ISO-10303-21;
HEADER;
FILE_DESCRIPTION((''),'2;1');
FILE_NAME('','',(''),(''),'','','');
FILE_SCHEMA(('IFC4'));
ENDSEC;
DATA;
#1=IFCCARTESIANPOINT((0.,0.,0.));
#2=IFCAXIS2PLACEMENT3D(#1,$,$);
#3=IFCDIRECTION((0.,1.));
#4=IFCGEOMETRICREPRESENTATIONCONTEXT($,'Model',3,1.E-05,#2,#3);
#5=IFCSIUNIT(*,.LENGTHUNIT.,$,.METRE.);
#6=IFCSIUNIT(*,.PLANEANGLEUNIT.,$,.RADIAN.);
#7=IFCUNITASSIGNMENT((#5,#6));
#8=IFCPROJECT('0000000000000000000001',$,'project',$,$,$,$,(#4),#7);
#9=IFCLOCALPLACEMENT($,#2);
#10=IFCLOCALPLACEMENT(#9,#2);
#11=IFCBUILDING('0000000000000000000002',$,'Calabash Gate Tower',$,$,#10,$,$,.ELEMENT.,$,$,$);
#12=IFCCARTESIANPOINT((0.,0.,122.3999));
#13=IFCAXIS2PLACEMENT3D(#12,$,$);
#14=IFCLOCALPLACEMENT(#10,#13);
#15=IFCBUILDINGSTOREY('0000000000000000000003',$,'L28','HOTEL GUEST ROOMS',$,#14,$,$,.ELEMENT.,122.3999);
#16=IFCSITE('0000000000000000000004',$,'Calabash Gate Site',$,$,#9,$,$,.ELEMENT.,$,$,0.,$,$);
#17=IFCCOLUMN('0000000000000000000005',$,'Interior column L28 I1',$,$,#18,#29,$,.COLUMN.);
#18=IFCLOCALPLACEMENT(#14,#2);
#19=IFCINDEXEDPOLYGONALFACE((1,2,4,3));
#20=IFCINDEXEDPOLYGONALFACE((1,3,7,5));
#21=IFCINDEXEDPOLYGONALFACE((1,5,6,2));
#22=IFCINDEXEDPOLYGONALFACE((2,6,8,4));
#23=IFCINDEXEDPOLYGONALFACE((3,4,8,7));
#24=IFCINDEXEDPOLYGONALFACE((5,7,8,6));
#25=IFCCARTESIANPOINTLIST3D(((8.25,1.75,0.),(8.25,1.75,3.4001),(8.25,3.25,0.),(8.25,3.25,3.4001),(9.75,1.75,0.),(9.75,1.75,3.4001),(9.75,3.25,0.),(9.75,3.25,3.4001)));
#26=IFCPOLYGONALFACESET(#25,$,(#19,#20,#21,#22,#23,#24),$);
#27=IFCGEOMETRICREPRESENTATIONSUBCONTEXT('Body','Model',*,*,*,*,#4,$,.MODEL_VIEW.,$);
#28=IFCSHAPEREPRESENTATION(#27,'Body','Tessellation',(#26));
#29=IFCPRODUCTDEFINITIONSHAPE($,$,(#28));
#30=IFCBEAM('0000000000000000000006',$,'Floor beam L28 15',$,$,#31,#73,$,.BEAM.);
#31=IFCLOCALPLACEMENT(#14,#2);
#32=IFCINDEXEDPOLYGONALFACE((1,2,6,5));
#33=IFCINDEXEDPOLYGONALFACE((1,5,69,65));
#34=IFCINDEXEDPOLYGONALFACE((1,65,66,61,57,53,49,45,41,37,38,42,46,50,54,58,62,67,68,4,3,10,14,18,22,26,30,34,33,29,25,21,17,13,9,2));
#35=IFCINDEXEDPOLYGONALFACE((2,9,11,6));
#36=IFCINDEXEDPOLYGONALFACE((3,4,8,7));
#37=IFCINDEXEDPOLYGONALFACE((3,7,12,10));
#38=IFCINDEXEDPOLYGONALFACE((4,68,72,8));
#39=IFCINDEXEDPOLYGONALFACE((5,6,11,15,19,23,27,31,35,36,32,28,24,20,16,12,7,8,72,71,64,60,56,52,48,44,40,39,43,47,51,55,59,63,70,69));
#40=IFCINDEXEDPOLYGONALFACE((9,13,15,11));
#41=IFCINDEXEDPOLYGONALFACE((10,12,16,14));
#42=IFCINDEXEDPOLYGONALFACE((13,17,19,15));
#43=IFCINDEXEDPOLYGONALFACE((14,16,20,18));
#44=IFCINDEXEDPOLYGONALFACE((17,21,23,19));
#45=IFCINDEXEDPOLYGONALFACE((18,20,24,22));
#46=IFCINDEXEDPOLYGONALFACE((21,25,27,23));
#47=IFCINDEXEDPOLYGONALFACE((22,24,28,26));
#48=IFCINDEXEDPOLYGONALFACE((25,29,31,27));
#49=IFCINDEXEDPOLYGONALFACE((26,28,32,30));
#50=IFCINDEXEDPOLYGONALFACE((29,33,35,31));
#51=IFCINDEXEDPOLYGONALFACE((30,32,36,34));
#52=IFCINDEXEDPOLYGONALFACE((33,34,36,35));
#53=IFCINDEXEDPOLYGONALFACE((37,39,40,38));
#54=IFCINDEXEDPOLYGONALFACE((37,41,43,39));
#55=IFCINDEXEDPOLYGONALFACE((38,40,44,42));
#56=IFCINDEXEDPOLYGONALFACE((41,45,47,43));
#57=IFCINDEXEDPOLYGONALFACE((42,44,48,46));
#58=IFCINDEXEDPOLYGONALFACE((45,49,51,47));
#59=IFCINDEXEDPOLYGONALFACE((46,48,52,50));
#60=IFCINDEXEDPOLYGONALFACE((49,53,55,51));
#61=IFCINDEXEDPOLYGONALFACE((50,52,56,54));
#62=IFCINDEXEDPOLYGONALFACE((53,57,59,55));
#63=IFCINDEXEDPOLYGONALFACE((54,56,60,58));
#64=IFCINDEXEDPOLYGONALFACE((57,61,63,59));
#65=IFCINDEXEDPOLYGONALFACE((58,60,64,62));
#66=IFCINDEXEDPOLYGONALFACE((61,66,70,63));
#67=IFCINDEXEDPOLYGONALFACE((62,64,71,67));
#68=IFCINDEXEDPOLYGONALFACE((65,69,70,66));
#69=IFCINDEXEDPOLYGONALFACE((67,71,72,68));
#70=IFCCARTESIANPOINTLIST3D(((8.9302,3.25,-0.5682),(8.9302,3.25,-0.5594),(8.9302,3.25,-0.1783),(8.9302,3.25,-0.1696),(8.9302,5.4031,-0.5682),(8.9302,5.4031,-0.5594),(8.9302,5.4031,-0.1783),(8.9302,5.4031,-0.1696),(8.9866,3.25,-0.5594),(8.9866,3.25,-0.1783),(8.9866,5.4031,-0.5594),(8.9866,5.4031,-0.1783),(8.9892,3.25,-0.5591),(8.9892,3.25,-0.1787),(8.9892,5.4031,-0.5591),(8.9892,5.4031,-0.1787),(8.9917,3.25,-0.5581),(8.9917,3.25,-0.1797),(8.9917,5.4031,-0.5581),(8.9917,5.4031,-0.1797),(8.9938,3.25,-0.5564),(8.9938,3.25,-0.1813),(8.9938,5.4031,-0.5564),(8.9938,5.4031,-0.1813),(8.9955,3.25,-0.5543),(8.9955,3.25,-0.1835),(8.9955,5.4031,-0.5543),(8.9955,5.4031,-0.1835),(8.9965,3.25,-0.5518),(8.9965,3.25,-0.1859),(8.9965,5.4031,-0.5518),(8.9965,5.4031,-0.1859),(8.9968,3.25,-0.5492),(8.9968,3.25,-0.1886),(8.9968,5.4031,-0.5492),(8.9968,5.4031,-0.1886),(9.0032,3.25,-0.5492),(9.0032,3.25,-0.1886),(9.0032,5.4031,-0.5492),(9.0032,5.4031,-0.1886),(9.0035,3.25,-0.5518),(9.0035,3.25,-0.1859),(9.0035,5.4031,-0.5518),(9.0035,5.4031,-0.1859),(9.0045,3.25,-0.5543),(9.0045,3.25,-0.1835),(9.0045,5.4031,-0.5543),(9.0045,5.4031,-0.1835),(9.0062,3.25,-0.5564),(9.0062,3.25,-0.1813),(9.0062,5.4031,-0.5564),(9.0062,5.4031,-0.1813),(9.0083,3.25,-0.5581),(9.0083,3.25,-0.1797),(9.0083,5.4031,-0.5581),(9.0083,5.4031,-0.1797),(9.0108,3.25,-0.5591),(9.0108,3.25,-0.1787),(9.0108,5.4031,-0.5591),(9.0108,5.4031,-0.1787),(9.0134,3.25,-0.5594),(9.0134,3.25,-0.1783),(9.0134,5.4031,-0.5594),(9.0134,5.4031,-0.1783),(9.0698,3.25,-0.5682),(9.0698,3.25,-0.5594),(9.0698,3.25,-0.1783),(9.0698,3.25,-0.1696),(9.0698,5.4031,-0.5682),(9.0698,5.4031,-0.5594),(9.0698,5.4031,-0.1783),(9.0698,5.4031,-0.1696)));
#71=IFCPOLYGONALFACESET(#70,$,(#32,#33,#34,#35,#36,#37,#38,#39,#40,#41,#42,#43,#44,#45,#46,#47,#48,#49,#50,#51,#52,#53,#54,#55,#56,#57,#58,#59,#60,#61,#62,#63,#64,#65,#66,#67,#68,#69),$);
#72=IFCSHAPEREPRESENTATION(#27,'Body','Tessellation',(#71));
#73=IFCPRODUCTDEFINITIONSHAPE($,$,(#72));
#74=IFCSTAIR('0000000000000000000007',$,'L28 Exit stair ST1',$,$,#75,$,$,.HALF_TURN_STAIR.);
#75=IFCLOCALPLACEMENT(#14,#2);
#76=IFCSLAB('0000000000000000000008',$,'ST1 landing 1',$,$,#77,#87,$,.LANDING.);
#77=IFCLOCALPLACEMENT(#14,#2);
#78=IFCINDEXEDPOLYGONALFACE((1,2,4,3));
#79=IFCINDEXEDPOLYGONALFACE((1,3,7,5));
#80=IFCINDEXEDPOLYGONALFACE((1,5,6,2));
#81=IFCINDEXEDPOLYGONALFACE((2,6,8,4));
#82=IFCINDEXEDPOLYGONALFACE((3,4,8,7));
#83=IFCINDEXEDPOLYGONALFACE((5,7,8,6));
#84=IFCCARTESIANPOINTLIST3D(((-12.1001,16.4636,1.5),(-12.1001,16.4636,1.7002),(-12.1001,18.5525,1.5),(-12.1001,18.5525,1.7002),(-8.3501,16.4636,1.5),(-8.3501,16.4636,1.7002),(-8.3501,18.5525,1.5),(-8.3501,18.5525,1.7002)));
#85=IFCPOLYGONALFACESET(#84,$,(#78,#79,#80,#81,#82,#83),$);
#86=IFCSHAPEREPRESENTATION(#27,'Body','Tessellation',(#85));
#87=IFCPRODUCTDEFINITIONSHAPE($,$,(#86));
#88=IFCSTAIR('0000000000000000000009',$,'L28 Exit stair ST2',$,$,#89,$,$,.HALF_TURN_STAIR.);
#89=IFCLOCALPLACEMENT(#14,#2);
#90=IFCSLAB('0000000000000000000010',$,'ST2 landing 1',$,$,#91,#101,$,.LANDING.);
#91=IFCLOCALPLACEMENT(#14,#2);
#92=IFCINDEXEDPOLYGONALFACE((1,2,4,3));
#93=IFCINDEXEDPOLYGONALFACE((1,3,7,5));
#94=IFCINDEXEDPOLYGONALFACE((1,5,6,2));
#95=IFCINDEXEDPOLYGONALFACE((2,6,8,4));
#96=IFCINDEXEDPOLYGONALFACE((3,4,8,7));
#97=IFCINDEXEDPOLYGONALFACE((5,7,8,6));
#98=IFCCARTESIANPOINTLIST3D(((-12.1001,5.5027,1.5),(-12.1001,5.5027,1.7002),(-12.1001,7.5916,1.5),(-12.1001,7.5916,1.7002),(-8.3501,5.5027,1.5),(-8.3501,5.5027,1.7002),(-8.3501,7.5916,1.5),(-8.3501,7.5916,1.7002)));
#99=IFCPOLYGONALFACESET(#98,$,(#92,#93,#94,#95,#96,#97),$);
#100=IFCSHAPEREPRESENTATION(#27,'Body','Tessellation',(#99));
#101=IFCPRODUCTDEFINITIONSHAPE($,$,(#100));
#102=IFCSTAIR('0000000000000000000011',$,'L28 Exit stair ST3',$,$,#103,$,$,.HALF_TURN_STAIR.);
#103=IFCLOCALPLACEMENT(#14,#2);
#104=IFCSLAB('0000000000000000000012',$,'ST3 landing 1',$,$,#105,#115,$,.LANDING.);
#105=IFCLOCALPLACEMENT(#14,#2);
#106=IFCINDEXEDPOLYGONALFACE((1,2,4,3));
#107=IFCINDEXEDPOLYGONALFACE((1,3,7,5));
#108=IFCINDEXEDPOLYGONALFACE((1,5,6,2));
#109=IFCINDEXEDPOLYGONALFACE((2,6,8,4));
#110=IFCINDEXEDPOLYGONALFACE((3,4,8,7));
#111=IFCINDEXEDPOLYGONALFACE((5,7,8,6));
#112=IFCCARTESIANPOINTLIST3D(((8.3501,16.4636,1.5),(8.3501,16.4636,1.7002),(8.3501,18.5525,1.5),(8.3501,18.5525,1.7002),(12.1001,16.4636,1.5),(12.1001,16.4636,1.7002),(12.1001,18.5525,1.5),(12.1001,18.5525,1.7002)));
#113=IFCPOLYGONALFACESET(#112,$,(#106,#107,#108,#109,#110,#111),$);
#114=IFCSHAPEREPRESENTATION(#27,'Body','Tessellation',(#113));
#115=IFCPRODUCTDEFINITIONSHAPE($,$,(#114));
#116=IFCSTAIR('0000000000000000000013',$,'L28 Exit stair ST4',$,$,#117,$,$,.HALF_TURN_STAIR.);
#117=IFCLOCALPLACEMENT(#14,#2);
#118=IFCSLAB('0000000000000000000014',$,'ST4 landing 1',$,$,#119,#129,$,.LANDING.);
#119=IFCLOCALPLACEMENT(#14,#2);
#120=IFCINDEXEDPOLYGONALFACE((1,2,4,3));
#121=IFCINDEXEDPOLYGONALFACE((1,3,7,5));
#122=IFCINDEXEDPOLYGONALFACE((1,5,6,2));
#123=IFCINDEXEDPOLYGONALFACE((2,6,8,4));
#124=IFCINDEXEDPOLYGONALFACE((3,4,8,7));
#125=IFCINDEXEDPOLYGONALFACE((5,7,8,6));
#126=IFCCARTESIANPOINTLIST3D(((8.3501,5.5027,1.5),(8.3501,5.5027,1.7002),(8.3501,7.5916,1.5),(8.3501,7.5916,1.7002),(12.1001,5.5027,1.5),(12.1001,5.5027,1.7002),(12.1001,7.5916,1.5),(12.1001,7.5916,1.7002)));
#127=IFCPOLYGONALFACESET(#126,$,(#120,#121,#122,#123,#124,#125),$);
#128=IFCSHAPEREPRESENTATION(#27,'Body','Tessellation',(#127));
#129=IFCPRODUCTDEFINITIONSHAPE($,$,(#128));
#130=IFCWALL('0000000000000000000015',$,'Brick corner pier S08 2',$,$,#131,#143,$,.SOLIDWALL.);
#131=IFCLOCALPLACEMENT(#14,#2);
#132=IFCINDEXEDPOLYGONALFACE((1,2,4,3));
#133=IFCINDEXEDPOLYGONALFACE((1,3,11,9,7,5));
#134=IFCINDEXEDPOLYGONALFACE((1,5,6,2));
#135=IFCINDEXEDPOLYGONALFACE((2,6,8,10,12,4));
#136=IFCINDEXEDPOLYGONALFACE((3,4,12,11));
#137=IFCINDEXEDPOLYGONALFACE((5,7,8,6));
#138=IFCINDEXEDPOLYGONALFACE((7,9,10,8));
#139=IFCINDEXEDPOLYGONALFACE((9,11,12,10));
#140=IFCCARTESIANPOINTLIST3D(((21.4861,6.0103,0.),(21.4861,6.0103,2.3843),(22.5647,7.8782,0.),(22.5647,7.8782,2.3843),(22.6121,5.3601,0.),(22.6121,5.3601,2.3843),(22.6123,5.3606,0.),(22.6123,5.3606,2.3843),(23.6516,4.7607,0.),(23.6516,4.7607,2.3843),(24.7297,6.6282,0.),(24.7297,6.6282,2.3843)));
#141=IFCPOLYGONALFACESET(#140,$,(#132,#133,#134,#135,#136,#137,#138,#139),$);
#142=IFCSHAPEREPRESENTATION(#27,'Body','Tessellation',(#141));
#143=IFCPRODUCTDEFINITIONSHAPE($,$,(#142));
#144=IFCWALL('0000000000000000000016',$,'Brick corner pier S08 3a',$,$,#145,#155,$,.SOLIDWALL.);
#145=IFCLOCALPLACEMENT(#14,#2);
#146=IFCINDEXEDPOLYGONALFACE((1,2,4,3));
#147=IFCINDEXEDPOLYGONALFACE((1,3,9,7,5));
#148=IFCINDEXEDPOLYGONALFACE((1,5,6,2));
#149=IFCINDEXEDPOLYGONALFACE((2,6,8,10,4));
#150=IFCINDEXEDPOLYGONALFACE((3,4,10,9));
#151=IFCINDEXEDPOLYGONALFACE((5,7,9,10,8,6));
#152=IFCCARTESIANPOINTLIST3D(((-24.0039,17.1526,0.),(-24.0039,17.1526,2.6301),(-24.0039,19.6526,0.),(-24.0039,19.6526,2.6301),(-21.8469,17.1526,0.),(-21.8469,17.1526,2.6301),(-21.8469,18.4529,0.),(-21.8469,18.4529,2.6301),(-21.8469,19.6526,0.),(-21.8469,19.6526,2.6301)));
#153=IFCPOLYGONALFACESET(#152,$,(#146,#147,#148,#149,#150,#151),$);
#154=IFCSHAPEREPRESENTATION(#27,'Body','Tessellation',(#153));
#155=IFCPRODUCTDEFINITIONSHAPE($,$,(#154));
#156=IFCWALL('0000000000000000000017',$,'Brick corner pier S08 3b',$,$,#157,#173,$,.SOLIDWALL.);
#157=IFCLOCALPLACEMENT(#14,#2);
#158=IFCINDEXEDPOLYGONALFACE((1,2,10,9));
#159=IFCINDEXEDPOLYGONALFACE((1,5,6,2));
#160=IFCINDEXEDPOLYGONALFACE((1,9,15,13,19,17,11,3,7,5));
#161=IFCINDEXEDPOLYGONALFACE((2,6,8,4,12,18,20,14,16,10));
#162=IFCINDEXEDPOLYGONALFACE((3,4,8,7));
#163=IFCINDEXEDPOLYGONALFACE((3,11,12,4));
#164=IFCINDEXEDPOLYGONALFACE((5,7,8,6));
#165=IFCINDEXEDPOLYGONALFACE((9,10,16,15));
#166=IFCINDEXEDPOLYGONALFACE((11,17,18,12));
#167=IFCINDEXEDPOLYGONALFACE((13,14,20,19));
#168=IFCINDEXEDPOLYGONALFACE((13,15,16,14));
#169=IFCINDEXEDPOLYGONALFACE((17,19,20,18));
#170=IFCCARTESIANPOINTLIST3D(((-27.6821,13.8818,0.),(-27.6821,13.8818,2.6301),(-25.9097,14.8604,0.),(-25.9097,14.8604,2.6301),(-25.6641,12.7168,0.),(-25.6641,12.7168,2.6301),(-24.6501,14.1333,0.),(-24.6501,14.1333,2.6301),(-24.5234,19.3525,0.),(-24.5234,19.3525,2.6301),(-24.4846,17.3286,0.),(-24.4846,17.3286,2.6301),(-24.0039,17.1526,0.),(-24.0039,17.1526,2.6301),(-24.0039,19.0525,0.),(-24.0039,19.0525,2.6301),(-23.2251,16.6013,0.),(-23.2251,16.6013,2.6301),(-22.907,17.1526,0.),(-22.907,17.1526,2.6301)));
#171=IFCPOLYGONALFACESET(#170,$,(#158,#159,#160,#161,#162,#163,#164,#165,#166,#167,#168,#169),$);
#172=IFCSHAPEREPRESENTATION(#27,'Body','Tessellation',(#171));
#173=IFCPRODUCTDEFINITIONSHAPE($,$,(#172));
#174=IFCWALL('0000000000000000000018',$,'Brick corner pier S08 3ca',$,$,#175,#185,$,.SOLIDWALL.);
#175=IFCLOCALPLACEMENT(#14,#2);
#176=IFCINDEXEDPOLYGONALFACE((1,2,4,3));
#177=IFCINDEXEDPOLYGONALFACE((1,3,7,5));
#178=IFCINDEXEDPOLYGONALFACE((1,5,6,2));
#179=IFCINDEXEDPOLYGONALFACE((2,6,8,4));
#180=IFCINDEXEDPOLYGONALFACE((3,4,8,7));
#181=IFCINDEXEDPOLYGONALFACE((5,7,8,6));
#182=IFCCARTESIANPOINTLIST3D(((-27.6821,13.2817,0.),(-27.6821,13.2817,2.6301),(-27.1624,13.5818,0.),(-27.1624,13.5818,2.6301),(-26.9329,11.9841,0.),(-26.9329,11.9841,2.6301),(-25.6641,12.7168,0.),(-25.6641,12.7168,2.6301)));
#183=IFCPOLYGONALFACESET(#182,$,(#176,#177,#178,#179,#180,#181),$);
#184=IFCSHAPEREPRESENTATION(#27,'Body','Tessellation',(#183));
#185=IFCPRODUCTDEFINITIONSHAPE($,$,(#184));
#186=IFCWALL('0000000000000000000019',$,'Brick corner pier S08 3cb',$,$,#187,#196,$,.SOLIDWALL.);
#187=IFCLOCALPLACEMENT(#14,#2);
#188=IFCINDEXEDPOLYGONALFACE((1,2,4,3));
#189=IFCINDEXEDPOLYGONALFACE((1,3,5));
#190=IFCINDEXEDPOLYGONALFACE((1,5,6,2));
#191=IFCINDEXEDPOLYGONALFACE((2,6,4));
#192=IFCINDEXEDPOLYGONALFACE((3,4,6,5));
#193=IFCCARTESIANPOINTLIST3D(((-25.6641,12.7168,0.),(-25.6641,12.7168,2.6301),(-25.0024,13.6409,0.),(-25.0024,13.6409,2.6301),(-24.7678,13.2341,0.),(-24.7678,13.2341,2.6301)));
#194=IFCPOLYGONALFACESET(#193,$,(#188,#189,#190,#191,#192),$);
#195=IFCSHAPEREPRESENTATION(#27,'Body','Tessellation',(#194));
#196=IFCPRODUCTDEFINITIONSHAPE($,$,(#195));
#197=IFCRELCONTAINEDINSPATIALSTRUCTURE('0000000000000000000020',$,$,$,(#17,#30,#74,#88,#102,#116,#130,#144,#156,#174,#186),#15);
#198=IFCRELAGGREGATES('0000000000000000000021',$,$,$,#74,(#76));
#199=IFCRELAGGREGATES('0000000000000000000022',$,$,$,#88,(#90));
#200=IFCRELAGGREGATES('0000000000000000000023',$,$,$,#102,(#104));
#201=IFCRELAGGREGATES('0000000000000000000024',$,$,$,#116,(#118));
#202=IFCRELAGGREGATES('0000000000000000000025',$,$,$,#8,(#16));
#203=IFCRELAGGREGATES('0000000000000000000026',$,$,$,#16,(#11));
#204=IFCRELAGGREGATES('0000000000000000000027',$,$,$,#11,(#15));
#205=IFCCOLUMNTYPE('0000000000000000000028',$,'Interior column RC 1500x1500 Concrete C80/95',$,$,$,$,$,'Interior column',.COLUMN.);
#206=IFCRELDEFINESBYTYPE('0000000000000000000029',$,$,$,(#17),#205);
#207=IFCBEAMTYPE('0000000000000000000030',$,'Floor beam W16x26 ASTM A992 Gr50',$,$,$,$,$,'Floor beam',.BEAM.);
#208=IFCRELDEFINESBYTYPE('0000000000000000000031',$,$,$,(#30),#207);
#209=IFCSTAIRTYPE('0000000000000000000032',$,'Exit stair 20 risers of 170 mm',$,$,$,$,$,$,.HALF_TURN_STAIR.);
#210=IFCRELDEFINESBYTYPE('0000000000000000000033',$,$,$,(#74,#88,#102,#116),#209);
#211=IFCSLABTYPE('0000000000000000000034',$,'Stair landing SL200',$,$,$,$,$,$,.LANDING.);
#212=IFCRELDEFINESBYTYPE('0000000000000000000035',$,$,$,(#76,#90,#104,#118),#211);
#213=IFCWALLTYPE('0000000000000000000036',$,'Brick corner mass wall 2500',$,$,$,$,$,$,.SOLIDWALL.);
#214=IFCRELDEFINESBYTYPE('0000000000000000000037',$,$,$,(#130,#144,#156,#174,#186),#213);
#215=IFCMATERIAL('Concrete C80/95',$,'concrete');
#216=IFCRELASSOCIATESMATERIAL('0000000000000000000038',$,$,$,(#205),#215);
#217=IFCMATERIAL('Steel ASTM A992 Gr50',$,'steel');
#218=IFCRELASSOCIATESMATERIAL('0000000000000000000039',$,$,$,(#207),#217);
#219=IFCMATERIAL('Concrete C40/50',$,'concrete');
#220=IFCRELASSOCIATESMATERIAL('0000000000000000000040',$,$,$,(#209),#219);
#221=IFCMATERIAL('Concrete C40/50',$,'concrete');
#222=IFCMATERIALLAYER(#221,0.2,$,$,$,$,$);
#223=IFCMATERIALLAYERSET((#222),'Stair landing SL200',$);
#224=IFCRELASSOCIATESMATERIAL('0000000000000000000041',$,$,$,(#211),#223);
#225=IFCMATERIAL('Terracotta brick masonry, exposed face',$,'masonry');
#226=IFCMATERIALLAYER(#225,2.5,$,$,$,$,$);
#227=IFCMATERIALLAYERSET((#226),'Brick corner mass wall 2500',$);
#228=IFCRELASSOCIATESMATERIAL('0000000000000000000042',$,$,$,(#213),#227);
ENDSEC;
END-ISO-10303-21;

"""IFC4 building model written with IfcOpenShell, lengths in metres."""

from ifc_helpers import new_model, si_unit, direction, frame, origin, origin_2d, place, context, subcontext, project, spatial, polyline, rectangle, i_section, outline, extrude, material, layer, layer_set, material_profile, profile_set, type_object, element, aggregate, save


model = new_model("IFC4")

# Units and contexts
model_context = context("Model", 3, precision=1e-05, world=origin(), true_north=direction((0.0, 1.0)))
body_context = subcontext(model_context, "Body", "Model", "MODEL_VIEW")
ifc_project = project(units=[si_unit("LENGTHUNIT", "METRE"), si_unit("PLANEANGLEUNIT", "RADIAN")], contexts=[model_context])

# Site, building, storey
site_placement = place(None, origin())
site = spatial("IfcSite", under=ifc_project, at=site_placement, Name="Calabash Gate Site", CompositionType="ELEMENT", RefElevation=0.0)
building_placement = place(site_placement, origin())
building = spatial("IfcBuilding", under=site, at=building_placement, Name="Calabash Gate Tower", CompositionType="ELEMENT")
storey_placement = place(building_placement, frame((0.0, 0.0, 122.3999)))
storey = spatial("IfcBuildingStorey", under=building, at=storey_placement, Name="L28", Description="HOTEL GUEST ROOMS", CompositionType="ELEMENT", Elevation=122.3999)

# Column
ifc_material_1 = material(Name="Concrete C80/95", Category="concrete")
ifc_material_profile_1 = material_profile(ifc_material_1, rectangle(XDim=1.5, YDim=1.5, at=origin_2d()))
ifc_profile_set_1 = profile_set([ifc_material_profile_1], Name="Concrete C80/95")
column_type = type_object("IfcColumnType", Name="Interior column RC 1500x1500 Concrete C80/95", ElementType="Interior column", PredefinedType="COLUMN", material=ifc_profile_set_1)
column_placement = place(storey_placement, frame((9.0, 2.5, 0.0), z_axis=(0.0, 0.0, 1.0), x_axis=(1.0, 0.0, 0.0)))
element("IfcColumn", 1, at=column_placement, inside=storey, type_object=column_type, Name="Interior column L28 I1", PredefinedType="COLUMN", context=body_context, shape_type="SweptSolid", body=[
    extrude(rectangle(XDim=1.5, YDim=1.5, at=origin_2d()), origin(), (0.0, 0.0, 1.0), 3.4001),
])

# Beam
ifc_material_2 = material(Name="Steel ASTM A992 Gr50", Category="steel")
ifc_material_profile_2 = material_profile(ifc_material_2, i_section(OverallWidth=0.1396, OverallDepth=0.3987, WebThickness=0.0063, FlangeThickness=0.0088, FilletRadius=0.0103, at=origin_2d()))
ifc_profile_set_2 = profile_set([ifc_material_profile_2], Name="Steel ASTM A992 Gr50")
beam_type = type_object("IfcBeamType", Name="Floor beam W16x26 ASTM A992 Gr50", ElementType="Floor beam", PredefinedType="BEAM", material=ifc_profile_set_2)
beam_placement = place(storey_placement, frame((9.0, 3.25, -0.3689), z_axis=(0.0, 1.0, 0.0), x_axis=(-1.0, 0.0, 0.0)))
element("IfcBeam", 2, at=beam_placement, inside=storey, type_object=beam_type, Name="Floor beam L28 15", PredefinedType="BEAM", context=body_context, shape_type="SweptSolid", body=[
    extrude(i_section(OverallWidth=0.1396, OverallDepth=0.3987, WebThickness=0.0063, FlangeThickness=0.0088, FilletRadius=0.0103, at=origin_2d()), origin(), (0.0, 0.0, 1.0), 2.1531),
])

# Stairs, slabs
ifc_material_3 = material(Name="Concrete C40/50", Category="concrete")
stair_type = type_object("IfcStairType", Name="Exit stair 20 risers of 170 mm", PredefinedType="HALF_TURN_STAIR", material=ifc_material_3)
stair_1_placement = place(storey_placement, origin())
stair_1 = element("IfcStair", 3, at=stair_1_placement, inside=storey, type_object=stair_type, Name="L28 Exit stair ST1", PredefinedType="HALF_TURN_STAIR")
ifc_material_4 = material(Name="Concrete C40/50", Category="concrete")
ifc_layer_1 = layer(ifc_material_4, 0.2)
ifc_layer_set_1 = layer_set([ifc_layer_1], Name="Stair landing SL200")
slab_type = type_object("IfcSlabType", Name="Stair landing SL200", PredefinedType="LANDING", material=ifc_layer_set_1)
slab_1_placement = place(storey_placement, frame((0.0, 0.0, 1.5)))
slab_1 = element("IfcSlab", 4, at=slab_1_placement, type_object=slab_type, Name="ST1 landing 1", PredefinedType="LANDING", context=body_context, shape_type="SweptSolid", body=[
    extrude(outline(polyline([(-8.3501, 16.4636), (-8.3501, 18.5525), (-12.1001, 18.5525), (-12.1001, 16.4636), (-8.3501, 16.4636)])), origin(), (0.0, 0.0, 1.0), 0.2002),
])
aggregate(stair_1, [slab_1])
stair_2_placement = place(storey_placement, origin())
stair_2 = element("IfcStair", 5, at=stair_2_placement, inside=storey, type_object=stair_type, Name="L28 Exit stair ST2", PredefinedType="HALF_TURN_STAIR")
slab_2_placement = place(storey_placement, frame((0.0, 0.0, 1.5)))
slab_2 = element("IfcSlab", 6, at=slab_2_placement, type_object=slab_type, Name="ST2 landing 1", PredefinedType="LANDING", context=body_context, shape_type="SweptSolid", body=[
    extrude(outline(polyline([(-12.1001, 7.5916), (-12.1001, 5.5027), (-8.3501, 5.5027), (-8.3501, 7.5916), (-12.1001, 7.5916)])), origin(), (0.0, 0.0, 1.0), 0.2002),
])
aggregate(stair_2, [slab_2])
stair_3_placement = place(storey_placement, origin())
stair_3 = element("IfcStair", 7, at=stair_3_placement, inside=storey, type_object=stair_type, Name="L28 Exit stair ST3", PredefinedType="HALF_TURN_STAIR")
slab_3_placement = place(storey_placement, frame((0.0, 0.0, 1.5)))
slab_3 = element("IfcSlab", 8, at=slab_3_placement, type_object=slab_type, Name="ST3 landing 1", PredefinedType="LANDING", context=body_context, shape_type="SweptSolid", body=[
    extrude(outline(polyline([(12.1001, 16.4636), (12.1001, 18.5525), (8.3501, 18.5525), (8.3501, 16.4636), (12.1001, 16.4636)])), origin(), (0.0, 0.0, 1.0), 0.2002),
])
aggregate(stair_3, [slab_3])
stair_4_placement = place(storey_placement, origin())
stair_4 = element("IfcStair", 9, at=stair_4_placement, inside=storey, type_object=stair_type, Name="L28 Exit stair ST4", PredefinedType="HALF_TURN_STAIR")
slab_4_placement = place(storey_placement, frame((0.0, 0.0, 1.5)))
slab_4 = element("IfcSlab", 10, at=slab_4_placement, type_object=slab_type, Name="ST4 landing 1", PredefinedType="LANDING", context=body_context, shape_type="SweptSolid", body=[
    extrude(outline(polyline([(8.3501, 7.5916), (8.3501, 5.5027), (12.1001, 5.5027), (12.1001, 7.5916), (8.3501, 7.5916)])), origin(), (0.0, 0.0, 1.0), 0.2002),
])
aggregate(stair_4, [slab_4])

# Walls
ifc_material_5 = material(Name="Terracotta brick masonry, exposed face", Category="masonry")
ifc_layer_2 = layer(ifc_material_5, 2.5)
ifc_layer_set_2 = layer_set([ifc_layer_2], Name="Brick corner mass wall 2500")
wall_type_1 = type_object("IfcWallType", Name="Brick corner mass wall 2500", PredefinedType="SOLIDWALL", material=ifc_layer_set_2)
wall_1_placement = place(storey_placement, origin())
element("IfcWall", 11, at=wall_1_placement, inside=storey, type_object=wall_type_1, Name="Brick corner pier S08 2", PredefinedType="SOLIDWALL", context=body_context, shape_type="SweptSolid", body=[
    extrude(outline(polyline([(22.5647, 7.8782), (21.4861, 6.0103), (22.6121, 5.3601), (22.6123, 5.3606), (23.6516, 4.7607), (24.7297, 6.6282), (22.5647, 7.8782)])), origin(), (0.0, 0.0, 1.0), 2.3843),
])
wall_2_placement = place(storey_placement, origin())
element("IfcWall", 12, at=wall_2_placement, inside=storey, type_object=wall_type_1, Name="Brick corner pier S08 3a", PredefinedType="SOLIDWALL", context=body_context, shape_type="SweptSolid", body=[
    extrude(outline(polyline([(-24.0039, 17.1526), (-21.8469, 17.1526), (-21.8469, 18.4529), (-21.8469, 18.4529), (-21.8469, 19.6526), (-24.0039, 19.6526), (-24.0039, 17.1526)])), origin(), (0.0, 0.0, 1.0), 2.6301),
])
wall_3_placement = place(storey_placement, origin())
element("IfcWall", 13, at=wall_3_placement, inside=storey, type_object=wall_type_1, Name="Brick corner pier S08 3b", PredefinedType="SOLIDWALL", context=body_context, shape_type="SweptSolid", body=[
    extrude(outline(polyline([(-23.2251, 16.6013), (-22.907, 17.1526), (-24.0039, 17.1526), (-24.0039, 19.0525), (-24.5234, 19.3525), (-27.6821, 13.8818), (-25.6641, 12.7168), (-24.6501, 14.1333), (-25.9097, 14.8604), (-24.4846, 17.3286), (-23.2251, 16.6013)])), origin(), (0.0, 0.0, 1.0), 2.6301),
])
wall_4_placement = place(storey_placement, origin())
element("IfcWall", 14, at=wall_4_placement, inside=storey, type_object=wall_type_1, Name="Brick corner pier S08 3ca", PredefinedType="SOLIDWALL", context=body_context, shape_type="SweptSolid", body=[
    extrude(outline(polyline([(-27.1624, 13.5818), (-27.6821, 13.2817), (-26.9329, 11.9841), (-25.6641, 12.7168), (-27.1624, 13.5818)])), origin(), (0.0, 0.0, 1.0), 2.6301),
])
wall_5_placement = place(storey_placement, origin())
element("IfcWall", 15, at=wall_5_placement, inside=storey, type_object=wall_type_1, Name="Brick corner pier S08 3cb", PredefinedType="SOLIDWALL", context=body_context, shape_type="SweptSolid", body=[
    extrude(outline(polyline([(-24.7678, 13.2341), (-25.0024, 13.6409), (-25.6641, 12.7168), (-24.7678, 13.2341)])), origin(), (0.0, 0.0, 1.0), 2.6301),
])

save(model, "model.ifc")
